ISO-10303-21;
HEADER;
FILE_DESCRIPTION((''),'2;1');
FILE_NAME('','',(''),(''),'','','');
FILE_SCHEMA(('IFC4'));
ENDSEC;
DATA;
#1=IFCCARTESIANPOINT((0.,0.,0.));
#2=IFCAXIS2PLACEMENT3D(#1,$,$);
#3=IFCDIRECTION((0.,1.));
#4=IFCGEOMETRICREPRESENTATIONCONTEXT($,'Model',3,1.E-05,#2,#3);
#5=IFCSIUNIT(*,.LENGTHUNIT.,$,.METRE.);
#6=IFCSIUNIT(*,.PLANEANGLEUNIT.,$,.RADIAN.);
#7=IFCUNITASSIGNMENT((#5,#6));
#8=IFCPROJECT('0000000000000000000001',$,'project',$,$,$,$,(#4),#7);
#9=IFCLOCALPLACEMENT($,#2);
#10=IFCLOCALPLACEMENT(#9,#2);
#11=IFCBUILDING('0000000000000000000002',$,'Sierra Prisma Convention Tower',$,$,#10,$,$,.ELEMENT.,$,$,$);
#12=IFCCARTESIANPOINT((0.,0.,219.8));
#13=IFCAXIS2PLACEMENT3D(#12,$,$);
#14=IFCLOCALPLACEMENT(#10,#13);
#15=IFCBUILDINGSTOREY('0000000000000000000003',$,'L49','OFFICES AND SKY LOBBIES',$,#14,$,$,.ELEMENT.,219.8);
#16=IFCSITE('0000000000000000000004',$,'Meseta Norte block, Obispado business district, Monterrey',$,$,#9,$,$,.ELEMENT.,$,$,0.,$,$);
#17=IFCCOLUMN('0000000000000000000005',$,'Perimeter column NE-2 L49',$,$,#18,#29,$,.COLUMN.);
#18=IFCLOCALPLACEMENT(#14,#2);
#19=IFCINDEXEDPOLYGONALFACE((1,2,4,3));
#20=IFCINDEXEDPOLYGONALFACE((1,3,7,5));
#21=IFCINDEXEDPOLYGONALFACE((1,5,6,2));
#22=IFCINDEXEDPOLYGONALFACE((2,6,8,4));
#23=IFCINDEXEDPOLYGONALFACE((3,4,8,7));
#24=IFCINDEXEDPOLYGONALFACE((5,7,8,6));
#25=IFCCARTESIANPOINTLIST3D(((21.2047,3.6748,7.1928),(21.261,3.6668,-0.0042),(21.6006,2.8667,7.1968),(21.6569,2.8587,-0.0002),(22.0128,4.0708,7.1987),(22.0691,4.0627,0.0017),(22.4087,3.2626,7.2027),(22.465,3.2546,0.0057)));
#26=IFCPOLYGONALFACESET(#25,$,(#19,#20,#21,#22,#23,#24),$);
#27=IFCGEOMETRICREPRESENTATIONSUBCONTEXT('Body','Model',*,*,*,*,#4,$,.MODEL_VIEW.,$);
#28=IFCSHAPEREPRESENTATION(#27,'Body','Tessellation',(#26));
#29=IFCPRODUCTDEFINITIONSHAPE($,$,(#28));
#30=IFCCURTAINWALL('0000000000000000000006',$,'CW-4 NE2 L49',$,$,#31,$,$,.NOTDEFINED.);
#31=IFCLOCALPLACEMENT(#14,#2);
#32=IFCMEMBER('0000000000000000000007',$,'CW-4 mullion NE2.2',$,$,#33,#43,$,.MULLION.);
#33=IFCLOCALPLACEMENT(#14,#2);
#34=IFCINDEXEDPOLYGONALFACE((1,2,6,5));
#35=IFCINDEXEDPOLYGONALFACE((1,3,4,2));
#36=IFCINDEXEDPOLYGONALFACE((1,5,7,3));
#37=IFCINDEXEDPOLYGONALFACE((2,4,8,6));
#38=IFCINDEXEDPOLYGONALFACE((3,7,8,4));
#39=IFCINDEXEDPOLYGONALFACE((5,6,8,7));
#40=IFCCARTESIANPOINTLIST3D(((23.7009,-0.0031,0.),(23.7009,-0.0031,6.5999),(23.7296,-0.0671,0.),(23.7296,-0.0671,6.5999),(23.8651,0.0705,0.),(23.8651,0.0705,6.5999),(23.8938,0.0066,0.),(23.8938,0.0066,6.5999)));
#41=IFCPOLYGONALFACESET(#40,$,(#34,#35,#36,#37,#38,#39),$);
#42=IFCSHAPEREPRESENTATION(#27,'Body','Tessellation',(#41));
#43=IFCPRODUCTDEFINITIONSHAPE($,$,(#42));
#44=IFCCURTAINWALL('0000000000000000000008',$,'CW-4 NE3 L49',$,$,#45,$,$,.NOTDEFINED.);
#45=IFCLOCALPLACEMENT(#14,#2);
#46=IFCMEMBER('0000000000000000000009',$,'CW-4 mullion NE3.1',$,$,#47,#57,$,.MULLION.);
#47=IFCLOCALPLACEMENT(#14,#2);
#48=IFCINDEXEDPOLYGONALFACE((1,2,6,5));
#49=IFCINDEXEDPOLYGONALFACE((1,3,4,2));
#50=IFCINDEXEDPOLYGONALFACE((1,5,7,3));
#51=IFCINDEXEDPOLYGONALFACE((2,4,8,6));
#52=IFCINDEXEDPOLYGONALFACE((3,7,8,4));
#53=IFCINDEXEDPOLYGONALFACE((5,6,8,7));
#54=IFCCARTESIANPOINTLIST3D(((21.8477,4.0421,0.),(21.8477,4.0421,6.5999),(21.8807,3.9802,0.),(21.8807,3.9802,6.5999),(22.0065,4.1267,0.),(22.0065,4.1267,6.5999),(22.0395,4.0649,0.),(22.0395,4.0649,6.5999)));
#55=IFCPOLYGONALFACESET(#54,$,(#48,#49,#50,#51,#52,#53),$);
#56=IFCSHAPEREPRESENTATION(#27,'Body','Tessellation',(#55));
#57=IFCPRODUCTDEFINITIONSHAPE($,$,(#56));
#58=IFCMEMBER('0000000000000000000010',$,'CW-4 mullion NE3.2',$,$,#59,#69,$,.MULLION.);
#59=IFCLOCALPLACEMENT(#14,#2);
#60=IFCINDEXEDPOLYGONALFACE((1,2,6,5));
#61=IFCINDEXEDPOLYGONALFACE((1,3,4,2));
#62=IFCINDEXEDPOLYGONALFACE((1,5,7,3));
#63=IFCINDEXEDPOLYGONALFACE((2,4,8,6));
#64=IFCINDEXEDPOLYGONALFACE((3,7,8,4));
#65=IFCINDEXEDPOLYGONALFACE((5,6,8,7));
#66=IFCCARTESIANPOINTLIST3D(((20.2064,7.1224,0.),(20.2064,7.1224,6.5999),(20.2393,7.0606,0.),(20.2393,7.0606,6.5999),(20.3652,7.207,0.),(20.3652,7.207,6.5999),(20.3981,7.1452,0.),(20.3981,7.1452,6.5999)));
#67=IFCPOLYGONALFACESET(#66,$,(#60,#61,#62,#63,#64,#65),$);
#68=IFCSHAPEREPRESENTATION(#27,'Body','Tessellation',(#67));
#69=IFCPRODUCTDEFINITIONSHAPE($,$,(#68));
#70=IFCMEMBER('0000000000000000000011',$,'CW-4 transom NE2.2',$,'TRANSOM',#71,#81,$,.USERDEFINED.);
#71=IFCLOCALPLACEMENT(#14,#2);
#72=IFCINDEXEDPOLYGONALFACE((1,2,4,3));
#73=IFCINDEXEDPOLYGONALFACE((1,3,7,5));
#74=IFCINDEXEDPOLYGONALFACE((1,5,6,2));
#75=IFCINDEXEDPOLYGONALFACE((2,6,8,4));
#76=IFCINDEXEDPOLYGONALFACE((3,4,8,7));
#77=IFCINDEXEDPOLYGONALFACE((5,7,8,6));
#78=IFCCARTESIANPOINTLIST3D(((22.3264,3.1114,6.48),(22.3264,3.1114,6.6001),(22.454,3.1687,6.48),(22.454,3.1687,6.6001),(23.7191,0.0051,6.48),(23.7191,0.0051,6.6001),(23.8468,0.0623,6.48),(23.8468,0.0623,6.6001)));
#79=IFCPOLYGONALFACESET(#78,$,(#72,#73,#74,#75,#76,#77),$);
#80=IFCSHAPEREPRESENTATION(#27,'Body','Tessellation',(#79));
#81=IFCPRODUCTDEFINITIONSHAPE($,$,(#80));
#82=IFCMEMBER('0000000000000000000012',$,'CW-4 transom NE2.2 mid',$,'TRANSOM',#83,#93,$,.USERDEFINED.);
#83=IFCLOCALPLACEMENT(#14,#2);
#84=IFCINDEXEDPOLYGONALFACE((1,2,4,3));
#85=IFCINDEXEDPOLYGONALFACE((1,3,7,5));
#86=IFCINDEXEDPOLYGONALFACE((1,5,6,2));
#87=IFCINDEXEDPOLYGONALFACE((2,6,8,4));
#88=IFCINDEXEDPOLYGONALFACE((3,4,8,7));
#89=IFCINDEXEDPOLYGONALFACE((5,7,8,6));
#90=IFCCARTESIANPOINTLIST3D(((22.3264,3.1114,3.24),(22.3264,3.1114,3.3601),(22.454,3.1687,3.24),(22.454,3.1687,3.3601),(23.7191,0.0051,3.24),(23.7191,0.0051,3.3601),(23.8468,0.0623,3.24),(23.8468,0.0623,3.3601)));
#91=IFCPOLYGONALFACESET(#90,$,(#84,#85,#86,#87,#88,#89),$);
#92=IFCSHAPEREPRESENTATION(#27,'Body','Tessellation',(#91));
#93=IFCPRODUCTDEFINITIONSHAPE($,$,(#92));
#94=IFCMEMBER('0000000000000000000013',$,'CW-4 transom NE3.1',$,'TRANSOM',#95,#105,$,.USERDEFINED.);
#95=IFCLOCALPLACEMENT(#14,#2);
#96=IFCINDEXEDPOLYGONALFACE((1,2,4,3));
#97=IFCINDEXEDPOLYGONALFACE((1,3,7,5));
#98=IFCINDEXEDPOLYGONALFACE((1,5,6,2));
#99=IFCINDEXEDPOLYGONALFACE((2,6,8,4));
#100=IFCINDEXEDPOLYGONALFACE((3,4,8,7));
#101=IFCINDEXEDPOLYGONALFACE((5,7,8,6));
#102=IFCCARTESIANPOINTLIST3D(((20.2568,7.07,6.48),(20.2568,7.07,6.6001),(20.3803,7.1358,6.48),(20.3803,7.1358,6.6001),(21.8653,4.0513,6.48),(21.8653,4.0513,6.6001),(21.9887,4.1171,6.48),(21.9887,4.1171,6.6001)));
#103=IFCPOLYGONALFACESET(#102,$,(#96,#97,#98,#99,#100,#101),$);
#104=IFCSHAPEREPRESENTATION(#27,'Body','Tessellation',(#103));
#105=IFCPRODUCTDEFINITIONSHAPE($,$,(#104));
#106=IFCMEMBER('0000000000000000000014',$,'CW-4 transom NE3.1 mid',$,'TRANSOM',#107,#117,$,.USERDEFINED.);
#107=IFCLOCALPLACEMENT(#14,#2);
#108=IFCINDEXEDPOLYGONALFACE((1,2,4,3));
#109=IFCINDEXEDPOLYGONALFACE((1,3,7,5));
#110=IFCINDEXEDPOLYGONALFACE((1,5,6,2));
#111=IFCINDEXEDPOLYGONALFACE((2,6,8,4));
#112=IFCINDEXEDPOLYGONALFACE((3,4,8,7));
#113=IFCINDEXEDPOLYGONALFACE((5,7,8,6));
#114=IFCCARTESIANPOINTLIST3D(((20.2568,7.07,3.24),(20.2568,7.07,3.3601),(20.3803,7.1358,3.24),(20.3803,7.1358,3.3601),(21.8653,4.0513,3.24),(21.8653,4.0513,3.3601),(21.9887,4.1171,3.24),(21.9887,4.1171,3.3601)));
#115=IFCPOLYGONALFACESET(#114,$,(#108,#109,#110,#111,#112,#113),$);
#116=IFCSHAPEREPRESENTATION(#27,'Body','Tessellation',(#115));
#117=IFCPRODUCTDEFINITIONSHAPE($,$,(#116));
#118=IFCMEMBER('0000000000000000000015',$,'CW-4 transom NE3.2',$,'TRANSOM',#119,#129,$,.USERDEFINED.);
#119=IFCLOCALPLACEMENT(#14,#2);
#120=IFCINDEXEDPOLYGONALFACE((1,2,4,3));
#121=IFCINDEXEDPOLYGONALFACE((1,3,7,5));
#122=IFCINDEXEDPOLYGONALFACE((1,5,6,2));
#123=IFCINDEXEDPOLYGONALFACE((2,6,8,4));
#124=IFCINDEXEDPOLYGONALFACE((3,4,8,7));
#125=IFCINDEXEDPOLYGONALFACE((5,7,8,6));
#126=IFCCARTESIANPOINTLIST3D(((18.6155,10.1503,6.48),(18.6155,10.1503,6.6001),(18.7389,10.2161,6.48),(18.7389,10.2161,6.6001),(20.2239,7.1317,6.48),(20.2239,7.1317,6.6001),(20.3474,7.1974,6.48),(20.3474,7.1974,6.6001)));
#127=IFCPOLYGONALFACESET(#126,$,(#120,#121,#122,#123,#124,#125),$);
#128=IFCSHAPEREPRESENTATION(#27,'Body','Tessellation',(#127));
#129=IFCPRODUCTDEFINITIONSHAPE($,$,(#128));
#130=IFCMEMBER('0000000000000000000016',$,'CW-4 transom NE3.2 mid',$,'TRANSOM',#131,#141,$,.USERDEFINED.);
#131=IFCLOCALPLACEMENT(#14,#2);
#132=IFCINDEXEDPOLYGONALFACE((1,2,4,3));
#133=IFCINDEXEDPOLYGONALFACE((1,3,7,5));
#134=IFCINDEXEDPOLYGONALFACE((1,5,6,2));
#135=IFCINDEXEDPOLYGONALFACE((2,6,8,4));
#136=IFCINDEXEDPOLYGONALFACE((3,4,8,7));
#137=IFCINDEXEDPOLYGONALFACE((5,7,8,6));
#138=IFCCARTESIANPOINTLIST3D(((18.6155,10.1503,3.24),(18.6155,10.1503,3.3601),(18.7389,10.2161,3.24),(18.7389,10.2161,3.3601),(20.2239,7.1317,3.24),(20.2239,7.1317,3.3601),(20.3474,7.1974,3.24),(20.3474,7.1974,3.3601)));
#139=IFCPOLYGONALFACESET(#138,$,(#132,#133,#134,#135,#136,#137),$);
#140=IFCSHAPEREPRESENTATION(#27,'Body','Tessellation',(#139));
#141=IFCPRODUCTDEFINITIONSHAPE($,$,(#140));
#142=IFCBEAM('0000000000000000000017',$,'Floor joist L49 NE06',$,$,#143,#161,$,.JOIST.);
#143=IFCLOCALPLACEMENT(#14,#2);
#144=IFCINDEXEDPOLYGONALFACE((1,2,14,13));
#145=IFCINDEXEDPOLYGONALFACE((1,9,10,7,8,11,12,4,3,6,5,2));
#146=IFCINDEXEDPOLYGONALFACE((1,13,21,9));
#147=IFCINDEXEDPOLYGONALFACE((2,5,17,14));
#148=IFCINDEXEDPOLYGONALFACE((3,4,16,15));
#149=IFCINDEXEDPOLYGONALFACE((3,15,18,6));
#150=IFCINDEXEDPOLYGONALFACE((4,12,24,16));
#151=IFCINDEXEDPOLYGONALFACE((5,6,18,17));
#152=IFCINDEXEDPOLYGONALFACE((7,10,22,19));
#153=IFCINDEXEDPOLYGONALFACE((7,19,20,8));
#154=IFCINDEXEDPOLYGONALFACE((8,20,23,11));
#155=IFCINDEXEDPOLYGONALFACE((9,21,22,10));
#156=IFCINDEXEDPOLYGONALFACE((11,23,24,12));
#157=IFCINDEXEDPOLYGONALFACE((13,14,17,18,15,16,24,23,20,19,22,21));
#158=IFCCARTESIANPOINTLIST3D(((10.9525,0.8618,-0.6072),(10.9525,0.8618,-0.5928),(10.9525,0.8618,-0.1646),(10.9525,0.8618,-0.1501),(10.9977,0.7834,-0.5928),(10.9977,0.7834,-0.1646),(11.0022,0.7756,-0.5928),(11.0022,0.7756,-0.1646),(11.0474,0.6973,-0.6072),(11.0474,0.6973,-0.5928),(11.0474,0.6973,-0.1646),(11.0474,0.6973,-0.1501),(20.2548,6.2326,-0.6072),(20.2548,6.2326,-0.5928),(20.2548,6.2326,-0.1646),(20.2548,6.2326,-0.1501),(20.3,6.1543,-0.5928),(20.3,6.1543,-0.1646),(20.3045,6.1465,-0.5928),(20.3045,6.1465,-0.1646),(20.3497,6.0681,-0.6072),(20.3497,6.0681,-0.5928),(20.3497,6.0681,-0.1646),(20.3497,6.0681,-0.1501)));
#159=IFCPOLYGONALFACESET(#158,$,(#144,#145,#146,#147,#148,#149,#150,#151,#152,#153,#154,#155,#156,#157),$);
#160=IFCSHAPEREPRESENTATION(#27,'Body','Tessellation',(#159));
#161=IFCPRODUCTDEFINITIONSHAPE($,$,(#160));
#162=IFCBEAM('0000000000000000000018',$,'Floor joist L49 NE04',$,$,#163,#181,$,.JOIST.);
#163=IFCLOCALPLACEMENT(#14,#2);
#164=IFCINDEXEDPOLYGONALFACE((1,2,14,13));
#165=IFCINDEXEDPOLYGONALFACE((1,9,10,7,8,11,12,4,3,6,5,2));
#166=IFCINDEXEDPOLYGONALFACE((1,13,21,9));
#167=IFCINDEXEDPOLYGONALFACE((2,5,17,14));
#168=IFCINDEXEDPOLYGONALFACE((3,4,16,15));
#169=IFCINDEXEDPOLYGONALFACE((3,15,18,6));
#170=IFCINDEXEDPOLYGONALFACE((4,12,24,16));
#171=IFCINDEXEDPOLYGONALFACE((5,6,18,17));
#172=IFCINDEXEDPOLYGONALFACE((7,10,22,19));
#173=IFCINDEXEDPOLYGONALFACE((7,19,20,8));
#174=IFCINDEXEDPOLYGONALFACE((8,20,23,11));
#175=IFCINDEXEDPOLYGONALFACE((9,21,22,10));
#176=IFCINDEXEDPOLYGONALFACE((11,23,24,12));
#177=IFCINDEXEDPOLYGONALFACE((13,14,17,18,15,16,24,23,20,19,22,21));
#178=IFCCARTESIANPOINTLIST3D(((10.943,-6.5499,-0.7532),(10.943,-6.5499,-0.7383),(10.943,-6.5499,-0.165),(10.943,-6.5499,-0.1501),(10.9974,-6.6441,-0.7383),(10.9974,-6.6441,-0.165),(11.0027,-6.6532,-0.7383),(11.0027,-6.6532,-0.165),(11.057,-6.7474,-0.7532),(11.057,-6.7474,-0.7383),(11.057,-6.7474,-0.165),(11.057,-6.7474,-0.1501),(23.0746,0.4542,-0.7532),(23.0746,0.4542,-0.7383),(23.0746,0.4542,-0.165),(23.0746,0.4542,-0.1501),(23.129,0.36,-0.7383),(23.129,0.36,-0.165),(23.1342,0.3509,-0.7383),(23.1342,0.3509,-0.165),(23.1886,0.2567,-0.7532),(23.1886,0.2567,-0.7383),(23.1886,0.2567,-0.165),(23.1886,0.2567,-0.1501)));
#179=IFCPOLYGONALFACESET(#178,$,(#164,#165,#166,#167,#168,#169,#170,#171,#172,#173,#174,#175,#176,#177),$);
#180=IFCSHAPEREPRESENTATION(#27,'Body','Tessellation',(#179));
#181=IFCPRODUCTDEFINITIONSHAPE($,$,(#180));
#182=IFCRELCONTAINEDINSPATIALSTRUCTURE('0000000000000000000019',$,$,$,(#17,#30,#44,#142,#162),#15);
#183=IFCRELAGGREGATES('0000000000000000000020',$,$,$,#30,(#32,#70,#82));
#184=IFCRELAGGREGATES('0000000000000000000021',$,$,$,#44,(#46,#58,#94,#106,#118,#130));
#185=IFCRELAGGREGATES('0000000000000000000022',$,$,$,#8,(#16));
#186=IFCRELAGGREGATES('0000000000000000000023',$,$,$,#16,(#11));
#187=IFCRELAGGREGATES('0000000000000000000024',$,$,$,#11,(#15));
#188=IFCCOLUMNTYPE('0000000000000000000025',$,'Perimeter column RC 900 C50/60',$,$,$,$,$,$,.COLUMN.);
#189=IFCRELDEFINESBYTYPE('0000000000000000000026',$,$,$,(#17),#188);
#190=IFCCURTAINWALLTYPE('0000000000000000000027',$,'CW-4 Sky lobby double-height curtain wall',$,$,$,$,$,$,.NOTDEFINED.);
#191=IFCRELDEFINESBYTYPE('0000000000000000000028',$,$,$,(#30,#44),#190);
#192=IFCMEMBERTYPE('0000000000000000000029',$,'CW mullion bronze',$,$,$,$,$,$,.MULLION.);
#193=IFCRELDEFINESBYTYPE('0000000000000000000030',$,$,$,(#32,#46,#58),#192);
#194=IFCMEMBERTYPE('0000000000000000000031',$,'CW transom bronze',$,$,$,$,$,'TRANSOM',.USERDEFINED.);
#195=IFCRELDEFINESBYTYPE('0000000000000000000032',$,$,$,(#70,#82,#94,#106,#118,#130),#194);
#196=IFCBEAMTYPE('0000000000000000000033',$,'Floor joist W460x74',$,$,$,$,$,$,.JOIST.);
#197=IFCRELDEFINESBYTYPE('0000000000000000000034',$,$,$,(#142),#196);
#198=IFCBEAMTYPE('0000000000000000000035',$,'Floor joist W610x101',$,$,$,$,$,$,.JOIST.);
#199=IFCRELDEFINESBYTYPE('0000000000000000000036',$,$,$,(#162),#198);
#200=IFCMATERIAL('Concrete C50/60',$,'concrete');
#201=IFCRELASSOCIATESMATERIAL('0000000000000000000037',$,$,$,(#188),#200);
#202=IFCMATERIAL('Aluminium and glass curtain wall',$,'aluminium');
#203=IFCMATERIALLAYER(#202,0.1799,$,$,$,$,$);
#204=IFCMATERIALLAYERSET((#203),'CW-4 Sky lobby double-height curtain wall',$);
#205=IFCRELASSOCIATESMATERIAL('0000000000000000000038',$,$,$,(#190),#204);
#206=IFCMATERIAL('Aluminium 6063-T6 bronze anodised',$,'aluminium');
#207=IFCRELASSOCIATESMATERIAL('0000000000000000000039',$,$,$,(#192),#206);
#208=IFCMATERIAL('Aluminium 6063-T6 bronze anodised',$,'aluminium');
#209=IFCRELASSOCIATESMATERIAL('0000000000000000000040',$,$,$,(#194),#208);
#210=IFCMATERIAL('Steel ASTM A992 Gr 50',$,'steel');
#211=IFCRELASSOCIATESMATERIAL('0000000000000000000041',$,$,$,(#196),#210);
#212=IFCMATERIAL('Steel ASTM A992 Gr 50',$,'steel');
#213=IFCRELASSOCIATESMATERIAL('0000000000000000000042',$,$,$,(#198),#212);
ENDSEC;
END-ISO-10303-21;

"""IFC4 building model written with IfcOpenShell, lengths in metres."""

from ifc_helpers import new_model, si_unit, direction, frame, origin, origin_2d, place, context, subcontext, project, spatial, rectangle, i_section, extrude, clip, halfspace, material, layer, layer_set, material_profile, profile_set, type_object, element, aggregate, save


model = new_model("IFC4")

# Units and contexts
model_context = context("Model", 3, precision=1e-05, world=origin(), true_north=direction((0.0, 1.0)))
body_context = subcontext(model_context, "Body", "Model", "MODEL_VIEW")
ifc_project = project(units=[si_unit("LENGTHUNIT", "METRE"), si_unit("PLANEANGLEUNIT", "RADIAN")], contexts=[model_context])

# Site, building, storey
site_placement = place(None, origin())
site = spatial("IfcSite", under=ifc_project, at=site_placement, Name="Meseta Norte block, Obispado business district, Monterrey", CompositionType="ELEMENT", RefElevation=0.0)
building_placement = place(site_placement, origin())
building = spatial("IfcBuilding", under=site, at=building_placement, Name="Sierra Prisma Convention Tower", CompositionType="ELEMENT")
storey_placement = place(building_placement, frame((0.0, 0.0, 219.8)))
storey = spatial("IfcBuildingStorey", under=building, at=storey_placement, Name="L49", Description="OFFICES AND SKY LOBBIES", CompositionType="ELEMENT", Elevation=219.8)

# Column
ifc_material_1 = material(Name="Concrete C50/60", Category="concrete")
ifc_material_profile_1 = material_profile(ifc_material_1, rectangle(XDim=0.8999, YDim=0.8999, at=origin_2d()), Name="Perimeter column RC 900 C50/60")
ifc_profile_set_1 = profile_set([ifc_material_profile_1], Name="Concrete C50/60")
column_type = type_object("IfcColumnType", Name="Perimeter column RC 900 C50/60", PredefinedType="COLUMN", material=ifc_profile_set_1)
column_placement = place(storey_placement, frame((21.863, 3.4607, 0.0), z_axis=(-0.007833, 0.001119, 0.999969), x_axis=(-0.439944, 0.898014, -0.004451)))
element("IfcColumn", 1, at=column_placement, inside=storey, type_object=column_type, Name="Perimeter column NE-2 L49", PredefinedType="COLUMN", context=body_context, shape_type="SweptSolid", body=[
    clip(clip(extrude(rectangle(XDim=0.8999, YDim=0.8999, at=origin_2d()), origin(), (0.0, 0.0, 1.0), 7.2002), halfspace(frame((0.0, 0.0, 0.0007)), True)), halfspace(frame((0.0, 0.0, 7.198)), False)),
])

# Curtain wall, member
ifc_material_2 = material(Name="Aluminium and glass curtain wall", Category="aluminium")
ifc_layer_1 = layer(ifc_material_2, 0.1799)
ifc_layer_set_1 = layer_set([ifc_layer_1], Name="CW-4 Sky lobby double-height curtain wall")
curtain_wall_type = type_object("IfcCurtainWallType", Name="CW-4 Sky lobby double-height curtain wall", PredefinedType="NOTDEFINED", material=ifc_layer_set_1)
curtain_wall_1_placement = place(storey_placement, origin())
curtain_wall_1 = element("IfcCurtainWall", 2, at=curtain_wall_1_placement, inside=storey, type_object=curtain_wall_type, Name="CW-4 NE2 L49", PredefinedType="NOTDEFINED")
ifc_material_3 = material(Name="Aluminium 6063-T6 bronze anodised", Category="aluminium")
ifc_material_profile_2 = material_profile(ifc_material_3, rectangle(XDim=0.1799, YDim=0.0701, at=origin_2d()), Name="ALU MULLION 70x180")
ifc_profile_set_2 = profile_set([ifc_material_profile_2], Name="Aluminium 6063-T6 bronze anodised")
member_type_1 = type_object("IfcMemberType", Name="CW mullion bronze", PredefinedType="MULLION", material=ifc_profile_set_2)
member_1_placement = place(storey_placement, frame((23.7974, 0.0017, 0.0), z_axis=(0.0, 0.0, 1.0), x_axis=(-0.912465, -0.409156, 0.0)))
member_1 = element("IfcMember", 3, at=member_1_placement, type_object=member_type_1, Name="CW-4 mullion NE2.2", PredefinedType="MULLION", context=body_context, shape_type="SweptSolid", body=[
    extrude(rectangle(XDim=0.1799, YDim=0.0701, at=origin_2d()), origin(), (0.0, 0.0, 1.0), 6.5999),
])

# Curtain wall, members
curtain_wall_2_placement = place(storey_placement, origin())
curtain_wall_2 = element("IfcCurtainWall", 4, at=curtain_wall_2_placement, inside=storey, type_object=curtain_wall_type, Name="CW-4 NE3 L49", PredefinedType="NOTDEFINED")
member_2_placement = place(storey_placement, frame((21.9436, 4.0535, 0.0), z_axis=(0.0, 0.0, 1.0), x_axis=(-0.882533, -0.470251, 0.0)))
member_2 = element("IfcMember", 5, at=member_2_placement, type_object=member_type_1, Name="CW-4 mullion NE3.1", PredefinedType="MULLION", context=body_context, shape_type="SweptSolid", body=[
    extrude(rectangle(XDim=0.1799, YDim=0.0701, at=origin_2d()), origin(), (0.0, 0.0, 1.0), 6.5999),
])
member_3_placement = place(storey_placement, frame((20.3022, 7.1338, 0.0), z_axis=(0.0, 0.0, 1.0), x_axis=(-0.882533, -0.470251, 0.0)))
member_3 = element("IfcMember", 6, at=member_3_placement, type_object=member_type_1, Name="CW-4 mullion NE3.2", PredefinedType="MULLION", context=body_context, shape_type="SweptSolid", body=[
    extrude(rectangle(XDim=0.1799, YDim=0.0701, at=origin_2d()), origin(), (0.0, 0.0, 1.0), 6.5999),
])

# Members
ifc_material_4 = material(Name="Aluminium 6063-T6 bronze anodised", Category="aluminium")
ifc_material_profile_3 = material_profile(ifc_material_4, rectangle(XDim=0.1399, YDim=0.1201, at=origin_2d()), Name="ALU TRANSOM 120x140")
ifc_profile_set_3 = profile_set([ifc_material_profile_3], Name="Aluminium 6063-T6 bronze anodised")
member_type_2 = type_object("IfcMemberType", Name="CW transom bronze", ElementType="TRANSOM", PredefinedType="USERDEFINED", material=ifc_profile_set_3)
member_4_placement = place(storey_placement, frame((23.783, 0.0337, 6.54), z_axis=(-0.409124, 0.912479, 0.0), x_axis=(-0.912479, -0.409124, 0.0)))
member_4 = element("IfcMember", 7, at=member_4_placement, type_object=member_type_2, Name="CW-4 transom NE2.2", ObjectType="TRANSOM", PredefinedType="USERDEFINED", context=body_context, shape_type="SweptSolid", body=[
    extrude(rectangle(XDim=0.1399, YDim=0.1201, at=origin_2d()), origin(), (0.0, 0.0, 1.0), 3.4043),
])
member_5_placement = place(storey_placement, frame((23.783, 0.0337, 3.3), z_axis=(-0.409124, 0.912479, 0.0), x_axis=(-0.912479, -0.409124, 0.0)))
member_5 = element("IfcMember", 8, at=member_5_placement, type_object=member_type_2, Name="CW-4 transom NE2.2 mid", ObjectType="TRANSOM", PredefinedType="USERDEFINED", context=body_context, shape_type="SweptSolid", body=[
    extrude(rectangle(XDim=0.1399, YDim=0.1201, at=origin_2d()), origin(), (0.0, 0.0, 1.0), 3.4043),
])
member_6_placement = place(storey_placement, frame((21.927, 4.0842, 6.54), z_axis=(-0.470247, 0.882535, 0.0), x_axis=(-0.882535, -0.470247, 0.0)))
member_6 = element("IfcMember", 9, at=member_6_placement, type_object=member_type_2, Name="CW-4 transom NE3.1", ObjectType="TRANSOM", PredefinedType="USERDEFINED", context=body_context, shape_type="SweptSolid", body=[
    extrude(rectangle(XDim=0.1399, YDim=0.1201, at=origin_2d()), origin(), (0.0, 0.0, 1.0), 3.4204),
])
member_7_placement = place(storey_placement, frame((21.927, 4.0842, 3.3), z_axis=(-0.470247, 0.882535, 0.0), x_axis=(-0.882535, -0.470247, 0.0)))
member_7 = element("IfcMember", 10, at=member_7_placement, type_object=member_type_2, Name="CW-4 transom NE3.1 mid", ObjectType="TRANSOM", PredefinedType="USERDEFINED", context=body_context, shape_type="SweptSolid", body=[
    extrude(rectangle(XDim=0.1399, YDim=0.1201, at=origin_2d()), origin(), (0.0, 0.0, 1.0), 3.4204),
])
member_8_placement = place(storey_placement, frame((20.2856, 7.1646, 6.54), z_axis=(-0.470247, 0.882535, 0.0), x_axis=(-0.882535, -0.470247, 0.0)))
member_8 = element("IfcMember", 11, at=member_8_placement, type_object=member_type_2, Name="CW-4 transom NE3.2", ObjectType="TRANSOM", PredefinedType="USERDEFINED", context=body_context, shape_type="SweptSolid", body=[
    extrude(rectangle(XDim=0.1399, YDim=0.1201, at=origin_2d()), origin(), (0.0, 0.0, 1.0), 3.4204),
])
member_9_placement = place(storey_placement, frame((20.2856, 7.1646, 3.3), z_axis=(-0.470247, 0.882535, 0.0), x_axis=(-0.882535, -0.470247, 0.0)))
member_9 = element("IfcMember", 12, at=member_9_placement, type_object=member_type_2, Name="CW-4 transom NE3.2 mid", ObjectType="TRANSOM", PredefinedType="USERDEFINED", context=body_context, shape_type="SweptSolid", body=[
    extrude(rectangle(XDim=0.1399, YDim=0.1201, at=origin_2d()), origin(), (0.0, 0.0, 1.0), 3.4204),
])

# Beams
ifc_material_5 = material(Name="Steel ASTM A992 Gr 50", Category="steel")
ifc_material_profile_4 = material_profile(ifc_material_5, i_section(OverallWidth=0.1899, OverallDepth=0.457, WebThickness=0.009, FlangeThickness=0.0144, at=origin_2d()), Name="W460x74")
ifc_profile_set_4 = profile_set([ifc_material_profile_4], Name="Steel ASTM A992 Gr 50")
beam_type_1 = type_object("IfcBeamType", Name="Floor joist W460x74", PredefinedType="JOIST", material=ifc_profile_set_4)
beam_1_placement = place(storey_placement, frame((20.3022, 6.1504, -0.3787), z_axis=(-0.866018, -0.500014, 0.0), x_axis=(0.500014, -0.866018, 0.0)))
element("IfcBeam", 13, at=beam_1_placement, inside=storey, type_object=beam_type_1, Name="Floor joist L49 NE06", PredefinedType="JOIST", context=body_context, shape_type="SweptSolid", body=[
    extrude(i_section(OverallWidth=0.1899, OverallDepth=0.457, WebThickness=0.009, FlangeThickness=0.0144, at=origin_2d()), origin(), (0.0, 0.0, 1.0), 10.7415),
])
ifc_material_6 = material(Name="Steel ASTM A992 Gr 50", Category="steel")
ifc_material_profile_5 = material_profile(ifc_material_6, i_section(OverallWidth=0.228, OverallDepth=0.603, WebThickness=0.0105, FlangeThickness=0.0149, at=origin_2d()), Name="W610x101")
ifc_profile_set_5 = profile_set([ifc_material_profile_5], Name="Steel ASTM A992 Gr 50")
beam_type_2 = type_object("IfcBeamType", Name="Floor joist W610x101", PredefinedType="JOIST", material=ifc_profile_set_5)
beam_2_placement = place(storey_placement, frame((23.1316, 0.3555, -0.4517), z_axis=(-0.866026, -0.499999, 0.0), x_axis=(0.499999, -0.866026, 0.0)))
element("IfcBeam", 14, at=beam_2_placement, inside=storey, type_object=beam_type_2, Name="Floor joist L49 NE04", PredefinedType="JOIST", context=body_context, shape_type="SweptSolid", body=[
    extrude(i_section(OverallWidth=0.228, OverallDepth=0.603, WebThickness=0.0105, FlangeThickness=0.0149, at=origin_2d()), origin(), (0.0, 0.0, 1.0), 14.0083),
])

aggregate(curtain_wall_1, [member_1, member_4, member_5])
aggregate(curtain_wall_2, [member_2, member_3, member_6, member_7, member_8, member_9])

save(model, "model.ifc")
